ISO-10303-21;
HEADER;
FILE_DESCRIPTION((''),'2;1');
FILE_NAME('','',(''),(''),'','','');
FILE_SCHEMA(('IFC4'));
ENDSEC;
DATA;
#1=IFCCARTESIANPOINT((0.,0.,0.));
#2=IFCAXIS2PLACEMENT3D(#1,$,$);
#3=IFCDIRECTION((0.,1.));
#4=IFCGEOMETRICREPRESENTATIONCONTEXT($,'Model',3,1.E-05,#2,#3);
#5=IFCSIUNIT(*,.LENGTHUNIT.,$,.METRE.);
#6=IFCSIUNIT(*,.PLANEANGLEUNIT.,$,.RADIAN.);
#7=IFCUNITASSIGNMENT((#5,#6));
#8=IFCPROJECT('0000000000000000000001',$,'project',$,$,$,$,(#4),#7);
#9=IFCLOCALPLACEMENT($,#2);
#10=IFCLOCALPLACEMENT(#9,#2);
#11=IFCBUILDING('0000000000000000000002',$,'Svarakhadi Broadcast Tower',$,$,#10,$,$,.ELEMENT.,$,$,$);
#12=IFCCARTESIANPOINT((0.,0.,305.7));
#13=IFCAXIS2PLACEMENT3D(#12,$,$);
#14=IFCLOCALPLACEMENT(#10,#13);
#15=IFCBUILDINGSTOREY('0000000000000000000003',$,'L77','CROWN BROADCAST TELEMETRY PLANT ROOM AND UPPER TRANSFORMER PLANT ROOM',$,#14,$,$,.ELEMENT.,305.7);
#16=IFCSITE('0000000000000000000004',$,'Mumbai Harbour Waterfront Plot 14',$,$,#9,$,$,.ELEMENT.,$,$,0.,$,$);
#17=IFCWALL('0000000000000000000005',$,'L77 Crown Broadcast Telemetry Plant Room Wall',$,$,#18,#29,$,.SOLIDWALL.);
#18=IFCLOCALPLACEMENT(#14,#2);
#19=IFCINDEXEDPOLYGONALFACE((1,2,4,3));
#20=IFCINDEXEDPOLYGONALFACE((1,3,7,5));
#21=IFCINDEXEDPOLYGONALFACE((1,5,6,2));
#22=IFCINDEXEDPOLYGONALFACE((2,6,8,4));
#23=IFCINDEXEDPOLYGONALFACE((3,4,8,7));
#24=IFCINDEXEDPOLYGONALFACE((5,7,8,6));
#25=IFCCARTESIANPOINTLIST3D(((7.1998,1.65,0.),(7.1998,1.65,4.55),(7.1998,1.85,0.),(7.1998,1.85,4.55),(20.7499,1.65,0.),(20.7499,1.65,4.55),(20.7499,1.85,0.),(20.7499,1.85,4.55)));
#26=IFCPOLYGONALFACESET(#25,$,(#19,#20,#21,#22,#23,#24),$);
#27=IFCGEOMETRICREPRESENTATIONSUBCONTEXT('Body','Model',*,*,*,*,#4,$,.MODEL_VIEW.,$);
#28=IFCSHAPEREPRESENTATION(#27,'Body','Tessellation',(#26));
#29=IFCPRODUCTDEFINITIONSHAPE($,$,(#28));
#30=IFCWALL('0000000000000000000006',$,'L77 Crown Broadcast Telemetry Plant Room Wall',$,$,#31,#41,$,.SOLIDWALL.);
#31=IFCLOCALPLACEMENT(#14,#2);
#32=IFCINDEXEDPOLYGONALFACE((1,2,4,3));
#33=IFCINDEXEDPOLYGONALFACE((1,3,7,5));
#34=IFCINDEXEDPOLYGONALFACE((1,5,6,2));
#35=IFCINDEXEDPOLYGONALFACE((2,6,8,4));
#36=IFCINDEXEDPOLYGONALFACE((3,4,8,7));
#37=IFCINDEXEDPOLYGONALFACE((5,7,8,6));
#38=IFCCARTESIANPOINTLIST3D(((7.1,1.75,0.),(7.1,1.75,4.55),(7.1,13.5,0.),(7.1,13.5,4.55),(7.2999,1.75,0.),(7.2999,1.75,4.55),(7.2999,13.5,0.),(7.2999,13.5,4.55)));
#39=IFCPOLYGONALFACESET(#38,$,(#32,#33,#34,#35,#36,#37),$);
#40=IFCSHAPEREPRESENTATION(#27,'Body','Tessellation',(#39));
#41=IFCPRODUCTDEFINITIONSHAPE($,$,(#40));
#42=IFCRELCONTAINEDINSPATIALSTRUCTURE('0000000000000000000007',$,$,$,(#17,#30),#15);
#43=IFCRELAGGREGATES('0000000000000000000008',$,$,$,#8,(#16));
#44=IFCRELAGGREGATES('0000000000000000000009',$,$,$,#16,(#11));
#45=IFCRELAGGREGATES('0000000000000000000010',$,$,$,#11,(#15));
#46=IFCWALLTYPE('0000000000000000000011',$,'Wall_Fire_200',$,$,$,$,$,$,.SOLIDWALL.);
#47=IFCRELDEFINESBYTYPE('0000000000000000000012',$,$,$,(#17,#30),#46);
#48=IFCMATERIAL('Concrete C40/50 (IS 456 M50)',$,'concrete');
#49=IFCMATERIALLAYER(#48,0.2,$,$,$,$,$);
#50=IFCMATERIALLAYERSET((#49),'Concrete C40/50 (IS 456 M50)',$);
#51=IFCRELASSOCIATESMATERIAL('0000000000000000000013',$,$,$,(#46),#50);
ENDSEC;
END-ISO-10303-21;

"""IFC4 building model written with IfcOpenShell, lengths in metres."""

from ifc_helpers import new_model, si_unit, direction, frame, frame_2d, origin, place, context, subcontext, project, spatial, rectangle, extrude, material, layer, layer_set, type_object, element, save


model = new_model("IFC4")

# Units and contexts
model_context = context("Model", 3, precision=1e-05, world=origin(), true_north=direction((0.0, 1.0)))
body_context = subcontext(model_context, "Body", "Model", "MODEL_VIEW")
ifc_project = project(units=[si_unit("LENGTHUNIT", "METRE"), si_unit("PLANEANGLEUNIT", "RADIAN")], contexts=[model_context])

# Site, building, storey
site_placement = place(None, origin())
site = spatial("IfcSite", under=ifc_project, at=site_placement, Name="Mumbai Harbour Waterfront Plot 14", CompositionType="ELEMENT", RefElevation=0.0)
building_placement = place(site_placement, origin())
building = spatial("IfcBuilding", under=site, at=building_placement, Name="Svarakhadi Broadcast Tower", CompositionType="ELEMENT")
storey_placement = place(building_placement, frame((0.0, 0.0, 305.7)))
storey = spatial("IfcBuildingStorey", under=building, at=storey_placement, Name="L77", Description="CROWN BROADCAST TELEMETRY PLANT ROOM AND UPPER TRANSFORMER PLANT ROOM", CompositionType="ELEMENT", Elevation=305.7)

# Walls
ifc_material_1 = material(Name="Concrete C40/50 (IS 456 M50)", Category="concrete")
ifc_layer_1 = layer(ifc_material_1, 0.2)
ifc_layer_set_1 = layer_set([ifc_layer_1], Name="Concrete C40/50 (IS 456 M50)")
wall_type = type_object("IfcWallType", Name="Wall_Fire_200", PredefinedType="SOLIDWALL", material=ifc_layer_set_1)
wall_1_placement = place(storey_placement, frame((7.2, 1.75, 0.0), z_axis=(0.0, 0.0, 1.0), x_axis=(1.0, 0.0, 0.0)))
element("IfcWall", 1, at=wall_1_placement, inside=storey, type_object=wall_type, Name="L77 Crown Broadcast Telemetry Plant Room Wall", PredefinedType="SOLIDWALL", context=body_context, shape_type="SweptSolid", body=[
    extrude(rectangle(XDim=13.55, YDim=0.2, at=frame_2d((6.7749, 0.0))), origin(), (0.0, 0.0, 1.0), 4.55),
])
wall_2_placement = place(storey_placement, frame((7.2, 1.75, 0.0), z_axis=(0.0, 0.0, 1.0), x_axis=(0.0, 1.0, 0.0)))
element("IfcWall", 2, at=wall_2_placement, inside=storey, type_object=wall_type, Name="L77 Crown Broadcast Telemetry Plant Room Wall", PredefinedType="SOLIDWALL", context=body_context, shape_type="SweptSolid", body=[
    extrude(rectangle(XDim=11.75, YDim=0.2, at=frame_2d((5.875, 0.0))), origin(), (0.0, 0.0, 1.0), 4.55),
])

save(model, "model.ifc")
